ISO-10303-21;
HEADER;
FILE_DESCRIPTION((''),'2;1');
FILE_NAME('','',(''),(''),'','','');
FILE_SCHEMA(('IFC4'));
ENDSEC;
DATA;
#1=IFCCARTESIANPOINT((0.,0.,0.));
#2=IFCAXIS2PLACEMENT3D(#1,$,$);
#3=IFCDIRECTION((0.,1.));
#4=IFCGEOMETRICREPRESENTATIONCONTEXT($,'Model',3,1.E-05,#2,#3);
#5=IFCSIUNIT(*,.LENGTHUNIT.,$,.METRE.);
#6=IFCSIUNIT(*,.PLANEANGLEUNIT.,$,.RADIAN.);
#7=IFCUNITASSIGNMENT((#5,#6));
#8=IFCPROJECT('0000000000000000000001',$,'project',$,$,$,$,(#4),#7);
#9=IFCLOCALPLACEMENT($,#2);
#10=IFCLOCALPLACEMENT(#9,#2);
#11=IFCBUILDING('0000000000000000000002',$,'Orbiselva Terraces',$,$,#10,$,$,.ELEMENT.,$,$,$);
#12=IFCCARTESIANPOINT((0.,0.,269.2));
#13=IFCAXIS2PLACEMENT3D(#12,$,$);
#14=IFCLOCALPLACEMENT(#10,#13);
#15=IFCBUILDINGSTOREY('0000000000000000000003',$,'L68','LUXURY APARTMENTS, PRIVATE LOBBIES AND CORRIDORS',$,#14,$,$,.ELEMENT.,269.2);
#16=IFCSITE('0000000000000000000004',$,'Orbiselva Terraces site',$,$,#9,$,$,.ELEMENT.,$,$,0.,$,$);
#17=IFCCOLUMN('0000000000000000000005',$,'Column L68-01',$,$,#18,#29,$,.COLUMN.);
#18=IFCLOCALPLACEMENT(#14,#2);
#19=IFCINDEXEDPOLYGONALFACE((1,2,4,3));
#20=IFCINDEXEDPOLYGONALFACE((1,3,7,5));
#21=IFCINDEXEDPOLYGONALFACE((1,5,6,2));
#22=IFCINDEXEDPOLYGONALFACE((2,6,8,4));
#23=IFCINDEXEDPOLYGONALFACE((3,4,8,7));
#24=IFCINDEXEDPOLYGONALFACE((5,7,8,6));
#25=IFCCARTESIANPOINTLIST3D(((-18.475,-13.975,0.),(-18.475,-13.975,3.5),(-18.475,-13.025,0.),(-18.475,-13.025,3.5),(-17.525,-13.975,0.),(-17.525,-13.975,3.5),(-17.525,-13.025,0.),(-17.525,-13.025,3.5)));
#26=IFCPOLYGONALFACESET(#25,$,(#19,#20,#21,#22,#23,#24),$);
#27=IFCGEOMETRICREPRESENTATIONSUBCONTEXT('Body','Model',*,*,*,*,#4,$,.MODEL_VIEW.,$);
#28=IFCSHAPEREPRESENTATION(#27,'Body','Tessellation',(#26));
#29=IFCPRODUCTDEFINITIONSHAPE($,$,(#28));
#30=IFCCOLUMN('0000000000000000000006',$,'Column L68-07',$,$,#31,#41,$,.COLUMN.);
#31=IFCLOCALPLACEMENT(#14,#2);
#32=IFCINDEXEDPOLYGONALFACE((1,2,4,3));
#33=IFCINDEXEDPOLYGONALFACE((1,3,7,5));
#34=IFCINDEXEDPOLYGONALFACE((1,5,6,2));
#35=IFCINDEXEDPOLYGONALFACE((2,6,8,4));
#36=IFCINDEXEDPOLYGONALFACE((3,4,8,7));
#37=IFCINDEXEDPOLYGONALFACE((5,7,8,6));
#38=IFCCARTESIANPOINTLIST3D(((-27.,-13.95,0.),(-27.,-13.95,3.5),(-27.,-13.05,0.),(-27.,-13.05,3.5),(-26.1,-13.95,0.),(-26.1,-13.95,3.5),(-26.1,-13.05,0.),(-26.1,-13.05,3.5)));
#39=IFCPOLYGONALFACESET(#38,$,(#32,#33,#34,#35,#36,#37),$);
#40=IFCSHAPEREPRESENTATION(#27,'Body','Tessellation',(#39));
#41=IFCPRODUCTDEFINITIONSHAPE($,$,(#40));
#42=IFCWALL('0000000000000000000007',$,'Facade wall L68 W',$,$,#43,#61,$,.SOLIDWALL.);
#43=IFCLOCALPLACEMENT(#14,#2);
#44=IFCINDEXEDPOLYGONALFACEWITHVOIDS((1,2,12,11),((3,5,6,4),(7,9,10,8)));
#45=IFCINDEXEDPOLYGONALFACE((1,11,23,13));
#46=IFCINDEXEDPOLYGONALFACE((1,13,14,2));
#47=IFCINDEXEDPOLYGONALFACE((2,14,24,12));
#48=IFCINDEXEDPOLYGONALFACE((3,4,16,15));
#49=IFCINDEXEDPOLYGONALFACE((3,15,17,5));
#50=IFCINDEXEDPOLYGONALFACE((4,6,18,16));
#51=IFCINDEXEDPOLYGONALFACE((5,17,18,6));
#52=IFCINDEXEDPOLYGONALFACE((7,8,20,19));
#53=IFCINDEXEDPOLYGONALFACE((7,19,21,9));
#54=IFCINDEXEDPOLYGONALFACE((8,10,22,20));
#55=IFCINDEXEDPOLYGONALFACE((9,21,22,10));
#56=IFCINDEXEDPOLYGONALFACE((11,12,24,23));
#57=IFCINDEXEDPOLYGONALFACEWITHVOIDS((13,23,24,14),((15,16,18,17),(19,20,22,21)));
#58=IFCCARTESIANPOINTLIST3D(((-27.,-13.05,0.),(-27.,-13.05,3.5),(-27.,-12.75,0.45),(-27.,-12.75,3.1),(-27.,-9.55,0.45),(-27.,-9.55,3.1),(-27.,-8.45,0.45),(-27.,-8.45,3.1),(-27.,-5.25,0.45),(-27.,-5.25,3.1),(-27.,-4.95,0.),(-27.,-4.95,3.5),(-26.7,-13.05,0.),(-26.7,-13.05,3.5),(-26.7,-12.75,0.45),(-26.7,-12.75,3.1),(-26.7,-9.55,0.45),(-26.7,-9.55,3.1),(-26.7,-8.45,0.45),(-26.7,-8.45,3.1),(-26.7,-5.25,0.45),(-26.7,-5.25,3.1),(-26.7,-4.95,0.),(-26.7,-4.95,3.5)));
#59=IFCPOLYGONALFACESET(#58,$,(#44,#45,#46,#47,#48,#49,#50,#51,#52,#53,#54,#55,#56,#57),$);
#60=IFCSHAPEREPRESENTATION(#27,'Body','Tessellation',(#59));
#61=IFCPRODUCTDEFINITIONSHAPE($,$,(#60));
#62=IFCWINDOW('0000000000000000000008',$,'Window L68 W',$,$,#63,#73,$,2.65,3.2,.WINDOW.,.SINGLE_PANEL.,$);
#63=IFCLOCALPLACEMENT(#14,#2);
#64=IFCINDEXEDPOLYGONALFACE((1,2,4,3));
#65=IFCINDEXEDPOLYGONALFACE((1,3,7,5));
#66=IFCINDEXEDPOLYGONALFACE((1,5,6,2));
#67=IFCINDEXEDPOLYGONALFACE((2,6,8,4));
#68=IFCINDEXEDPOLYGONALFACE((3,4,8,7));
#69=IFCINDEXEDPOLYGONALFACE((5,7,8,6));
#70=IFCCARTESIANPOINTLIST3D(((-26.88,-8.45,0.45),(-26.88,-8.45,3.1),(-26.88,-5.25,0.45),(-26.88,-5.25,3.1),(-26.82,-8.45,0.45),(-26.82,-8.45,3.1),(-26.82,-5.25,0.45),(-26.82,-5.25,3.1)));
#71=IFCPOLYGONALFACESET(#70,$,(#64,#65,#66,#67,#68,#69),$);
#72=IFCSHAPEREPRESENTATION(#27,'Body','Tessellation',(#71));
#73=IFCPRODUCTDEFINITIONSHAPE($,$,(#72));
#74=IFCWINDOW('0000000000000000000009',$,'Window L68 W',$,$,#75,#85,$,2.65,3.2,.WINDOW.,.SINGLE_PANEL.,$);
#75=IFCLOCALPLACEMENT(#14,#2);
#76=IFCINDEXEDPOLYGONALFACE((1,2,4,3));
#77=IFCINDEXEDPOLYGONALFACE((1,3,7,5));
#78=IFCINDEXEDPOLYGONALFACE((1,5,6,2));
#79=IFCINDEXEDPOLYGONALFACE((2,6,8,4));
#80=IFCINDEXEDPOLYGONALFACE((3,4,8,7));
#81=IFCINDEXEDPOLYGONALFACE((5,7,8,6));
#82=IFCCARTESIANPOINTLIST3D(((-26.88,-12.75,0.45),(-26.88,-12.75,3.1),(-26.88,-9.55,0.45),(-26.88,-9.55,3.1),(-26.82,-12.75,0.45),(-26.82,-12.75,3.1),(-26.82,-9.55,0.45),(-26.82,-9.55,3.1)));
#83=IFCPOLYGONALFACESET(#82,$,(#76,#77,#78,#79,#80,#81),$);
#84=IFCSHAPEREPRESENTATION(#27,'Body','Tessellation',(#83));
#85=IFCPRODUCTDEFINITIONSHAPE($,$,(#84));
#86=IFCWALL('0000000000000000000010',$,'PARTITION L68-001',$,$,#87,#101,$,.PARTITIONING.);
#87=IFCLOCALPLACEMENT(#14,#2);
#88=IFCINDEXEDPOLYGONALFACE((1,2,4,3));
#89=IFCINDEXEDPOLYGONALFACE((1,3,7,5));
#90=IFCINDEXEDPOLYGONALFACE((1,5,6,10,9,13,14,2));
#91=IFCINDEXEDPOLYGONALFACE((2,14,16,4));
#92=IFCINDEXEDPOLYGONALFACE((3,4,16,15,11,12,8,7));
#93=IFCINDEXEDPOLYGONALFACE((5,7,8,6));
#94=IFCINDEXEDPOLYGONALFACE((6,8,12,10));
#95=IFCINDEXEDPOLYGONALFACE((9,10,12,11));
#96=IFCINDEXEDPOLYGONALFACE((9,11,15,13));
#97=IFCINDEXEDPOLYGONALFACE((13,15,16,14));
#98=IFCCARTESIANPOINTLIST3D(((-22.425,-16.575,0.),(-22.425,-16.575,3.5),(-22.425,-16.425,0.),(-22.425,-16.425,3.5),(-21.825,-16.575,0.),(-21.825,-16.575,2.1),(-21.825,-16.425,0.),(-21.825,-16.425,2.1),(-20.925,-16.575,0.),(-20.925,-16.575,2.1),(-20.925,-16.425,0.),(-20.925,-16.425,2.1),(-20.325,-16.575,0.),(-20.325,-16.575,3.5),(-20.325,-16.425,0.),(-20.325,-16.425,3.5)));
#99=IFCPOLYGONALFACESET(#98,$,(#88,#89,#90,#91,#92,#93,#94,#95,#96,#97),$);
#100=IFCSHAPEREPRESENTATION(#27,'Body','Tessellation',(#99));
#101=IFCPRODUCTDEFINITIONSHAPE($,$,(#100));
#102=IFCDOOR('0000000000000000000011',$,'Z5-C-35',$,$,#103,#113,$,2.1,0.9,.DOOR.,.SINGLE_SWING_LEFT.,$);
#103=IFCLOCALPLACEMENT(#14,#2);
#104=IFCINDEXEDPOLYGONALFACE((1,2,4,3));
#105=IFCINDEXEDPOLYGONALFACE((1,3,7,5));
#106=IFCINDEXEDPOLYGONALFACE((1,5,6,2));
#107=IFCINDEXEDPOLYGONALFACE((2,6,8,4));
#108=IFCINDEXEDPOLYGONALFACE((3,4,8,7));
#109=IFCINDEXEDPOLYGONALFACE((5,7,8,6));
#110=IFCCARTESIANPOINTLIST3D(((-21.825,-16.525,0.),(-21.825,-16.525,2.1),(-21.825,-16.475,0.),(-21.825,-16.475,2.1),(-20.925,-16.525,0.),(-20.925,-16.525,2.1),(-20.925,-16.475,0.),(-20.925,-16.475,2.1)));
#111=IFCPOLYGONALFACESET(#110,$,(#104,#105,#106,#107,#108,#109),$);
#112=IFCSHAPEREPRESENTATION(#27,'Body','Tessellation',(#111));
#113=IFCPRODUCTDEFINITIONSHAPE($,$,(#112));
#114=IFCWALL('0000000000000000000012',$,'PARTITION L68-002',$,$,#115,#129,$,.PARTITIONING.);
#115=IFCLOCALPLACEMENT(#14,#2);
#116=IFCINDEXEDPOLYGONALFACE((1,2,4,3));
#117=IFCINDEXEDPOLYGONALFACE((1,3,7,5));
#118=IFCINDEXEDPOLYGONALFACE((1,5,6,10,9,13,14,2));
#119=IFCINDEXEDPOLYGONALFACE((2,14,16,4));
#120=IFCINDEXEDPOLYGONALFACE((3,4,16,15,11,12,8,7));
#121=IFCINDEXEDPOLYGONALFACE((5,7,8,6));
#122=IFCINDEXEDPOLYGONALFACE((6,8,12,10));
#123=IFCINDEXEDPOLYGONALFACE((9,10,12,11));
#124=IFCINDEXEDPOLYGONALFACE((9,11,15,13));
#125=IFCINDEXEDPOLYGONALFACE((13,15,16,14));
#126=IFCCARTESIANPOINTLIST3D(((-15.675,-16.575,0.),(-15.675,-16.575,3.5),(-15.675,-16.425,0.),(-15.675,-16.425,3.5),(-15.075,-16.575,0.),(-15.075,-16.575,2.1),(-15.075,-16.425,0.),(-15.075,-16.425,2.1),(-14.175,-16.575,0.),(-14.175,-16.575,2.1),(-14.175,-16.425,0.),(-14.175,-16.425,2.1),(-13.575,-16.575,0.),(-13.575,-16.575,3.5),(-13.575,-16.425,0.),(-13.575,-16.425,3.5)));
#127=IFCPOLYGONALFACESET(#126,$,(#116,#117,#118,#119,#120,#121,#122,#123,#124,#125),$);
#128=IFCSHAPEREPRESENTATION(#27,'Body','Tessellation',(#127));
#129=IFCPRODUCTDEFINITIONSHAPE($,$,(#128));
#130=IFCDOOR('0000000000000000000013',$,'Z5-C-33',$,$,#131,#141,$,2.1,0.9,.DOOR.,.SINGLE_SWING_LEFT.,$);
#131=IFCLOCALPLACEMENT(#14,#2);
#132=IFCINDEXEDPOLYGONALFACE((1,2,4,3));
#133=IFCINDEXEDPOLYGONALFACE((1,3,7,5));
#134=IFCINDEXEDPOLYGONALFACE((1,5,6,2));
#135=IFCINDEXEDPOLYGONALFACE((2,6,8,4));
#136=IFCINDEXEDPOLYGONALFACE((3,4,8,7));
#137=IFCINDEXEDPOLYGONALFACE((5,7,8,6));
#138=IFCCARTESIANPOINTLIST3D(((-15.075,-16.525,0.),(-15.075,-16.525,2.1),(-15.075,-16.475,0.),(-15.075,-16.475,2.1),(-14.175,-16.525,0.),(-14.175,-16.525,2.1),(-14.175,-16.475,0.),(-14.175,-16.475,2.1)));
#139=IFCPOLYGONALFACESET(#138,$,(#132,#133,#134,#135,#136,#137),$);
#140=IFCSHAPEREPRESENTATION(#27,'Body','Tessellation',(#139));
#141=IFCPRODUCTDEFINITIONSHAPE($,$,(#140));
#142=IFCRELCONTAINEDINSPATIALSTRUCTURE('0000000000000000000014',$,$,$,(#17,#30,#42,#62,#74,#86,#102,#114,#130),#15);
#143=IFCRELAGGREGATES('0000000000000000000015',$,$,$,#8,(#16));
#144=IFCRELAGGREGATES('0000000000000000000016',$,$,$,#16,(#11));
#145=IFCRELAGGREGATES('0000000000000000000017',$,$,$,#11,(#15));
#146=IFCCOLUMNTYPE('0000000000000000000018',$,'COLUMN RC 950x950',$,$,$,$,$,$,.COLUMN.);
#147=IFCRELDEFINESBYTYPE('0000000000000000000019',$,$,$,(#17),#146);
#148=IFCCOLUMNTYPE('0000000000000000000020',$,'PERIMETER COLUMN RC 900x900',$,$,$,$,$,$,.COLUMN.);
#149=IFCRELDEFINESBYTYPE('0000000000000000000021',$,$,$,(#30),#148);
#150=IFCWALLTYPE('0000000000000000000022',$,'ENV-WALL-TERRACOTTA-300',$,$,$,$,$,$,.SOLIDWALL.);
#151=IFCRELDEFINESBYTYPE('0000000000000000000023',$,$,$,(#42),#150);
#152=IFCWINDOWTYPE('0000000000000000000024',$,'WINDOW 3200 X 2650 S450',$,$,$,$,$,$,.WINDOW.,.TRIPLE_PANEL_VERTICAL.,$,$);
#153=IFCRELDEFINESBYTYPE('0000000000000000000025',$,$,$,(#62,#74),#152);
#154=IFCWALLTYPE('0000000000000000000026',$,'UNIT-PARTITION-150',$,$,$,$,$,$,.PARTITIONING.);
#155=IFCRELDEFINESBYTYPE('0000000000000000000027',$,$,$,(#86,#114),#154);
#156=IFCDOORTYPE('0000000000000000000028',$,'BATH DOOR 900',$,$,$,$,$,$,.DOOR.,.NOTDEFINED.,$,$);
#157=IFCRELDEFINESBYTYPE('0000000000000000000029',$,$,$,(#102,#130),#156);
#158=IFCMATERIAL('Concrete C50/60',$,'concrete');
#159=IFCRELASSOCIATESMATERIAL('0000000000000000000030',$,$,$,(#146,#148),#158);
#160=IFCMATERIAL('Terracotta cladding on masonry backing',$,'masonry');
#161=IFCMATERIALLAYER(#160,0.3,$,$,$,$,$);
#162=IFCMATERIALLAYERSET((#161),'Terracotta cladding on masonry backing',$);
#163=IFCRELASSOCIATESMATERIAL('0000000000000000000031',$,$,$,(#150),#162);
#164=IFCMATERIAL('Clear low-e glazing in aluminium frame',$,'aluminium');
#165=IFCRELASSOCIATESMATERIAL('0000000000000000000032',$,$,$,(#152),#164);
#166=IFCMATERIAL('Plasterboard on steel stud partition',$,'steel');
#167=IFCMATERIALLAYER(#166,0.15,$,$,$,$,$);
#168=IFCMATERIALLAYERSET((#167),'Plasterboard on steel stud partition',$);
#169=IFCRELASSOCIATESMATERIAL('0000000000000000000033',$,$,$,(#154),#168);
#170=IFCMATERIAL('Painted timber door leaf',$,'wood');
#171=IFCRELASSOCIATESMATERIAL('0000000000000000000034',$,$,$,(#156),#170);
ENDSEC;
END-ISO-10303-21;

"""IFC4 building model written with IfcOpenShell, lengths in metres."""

from ifc_helpers import new_model, si_unit, direction, frame, frame_2d, origin, origin_2d, place, context, subcontext, project, spatial, rectangle, extrude, material, layer, layer_set, material_profile, profile_set, type_object, element, fill, save


model = new_model("IFC4")

# Units and contexts
model_context = context("Model", 3, precision=1e-05, world=origin(), true_north=direction((0.0, 1.0)))
body_context = subcontext(model_context, "Body", "Model", "MODEL_VIEW")
ifc_project = project(units=[si_unit("LENGTHUNIT", "METRE"), si_unit("PLANEANGLEUNIT", "RADIAN")], contexts=[model_context])

# Site, building, storey
site_placement = place(None, origin())
site = spatial("IfcSite", under=ifc_project, at=site_placement, Name="Orbiselva Terraces site", CompositionType="ELEMENT", RefElevation=0.0)
building_placement = place(site_placement, origin())
building = spatial("IfcBuilding", under=site, at=building_placement, Name="Orbiselva Terraces", CompositionType="ELEMENT")
storey_placement = place(building_placement, frame((0.0, 0.0, 269.2)))
storey = spatial("IfcBuildingStorey", under=building, at=storey_placement, Name="L68", Description="LUXURY APARTMENTS, PRIVATE LOBBIES AND CORRIDORS", CompositionType="ELEMENT", Elevation=269.2)

# Columns
ifc_material_1 = material(Name="Concrete C50/60", Category="concrete")
ifc_material_profile_1 = material_profile(ifc_material_1, rectangle(XDim=0.95, YDim=0.95, at=origin_2d()), Name="RC 950x950")
ifc_profile_set_1 = profile_set([ifc_material_profile_1], Name="Concrete C50/60")
column_type_1 = type_object("IfcColumnType", Name="COLUMN RC 950x950", PredefinedType="COLUMN", material=ifc_profile_set_1)
column_1_placement = place(storey_placement, frame((-18.0, -13.5, 0.0), z_axis=(0.0, 0.0, 1.0), x_axis=(1.0, 0.0, 0.0)))
element("IfcColumn", 1, at=column_1_placement, inside=storey, type_object=column_type_1, Name="Column L68-01", PredefinedType="COLUMN", context=body_context, shape_type="SweptSolid", body=[
    extrude(rectangle(XDim=0.95, YDim=0.95, at=origin_2d()), origin(), (0.0, 0.0, 1.0), 3.5),
])
ifc_material_profile_2 = material_profile(ifc_material_1, rectangle(XDim=0.9, YDim=0.9, at=origin_2d()), Name="RC 900x900")
ifc_profile_set_2 = profile_set([ifc_material_profile_2], Name="Concrete C50/60")
column_type_2 = type_object("IfcColumnType", Name="PERIMETER COLUMN RC 900x900", PredefinedType="COLUMN", material=ifc_profile_set_2)
column_2_placement = place(storey_placement, frame((-26.55, -13.5, 0.0), z_axis=(0.0, 0.0, 1.0), x_axis=(1.0, 0.0, 0.0)))
element("IfcColumn", 2, at=column_2_placement, inside=storey, type_object=column_type_2, Name="Column L68-07", PredefinedType="COLUMN", context=body_context, shape_type="SweptSolid", body=[
    extrude(rectangle(XDim=0.9, YDim=0.9, at=origin_2d()), origin(), (0.0, 0.0, 1.0), 3.5),
])

# Wall, openings, windows
ifc_material_2 = material(Name="Terracotta cladding on masonry backing", Category="masonry")
ifc_layer_1 = layer(ifc_material_2, 0.3)
ifc_layer_set_1 = layer_set([ifc_layer_1], Name="Terracotta cladding on masonry backing")
wall_type_1 = type_object("IfcWallType", Name="ENV-WALL-TERRACOTTA-300", PredefinedType="SOLIDWALL", material=ifc_layer_set_1)
wall_1_placement = place(storey_placement, frame((-26.85, -13.05, 0.0), z_axis=(0.0, 0.0, 1.0), x_axis=(0.0, 1.0, 0.0)))
wall_1 = element("IfcWall", 3, at=wall_1_placement, inside=storey, type_object=wall_type_1, Name="Facade wall L68 W", PredefinedType="SOLIDWALL", context=body_context, shape_type="SweptSolid", body=[
    extrude(rectangle(XDim=8.1, YDim=0.3, at=frame_2d((4.05, 0.0))), origin(), (0.0, 0.0, 1.0), 3.5),
])
opening_1_placement = place(wall_1_placement, frame((4.6, 0.0, 0.45)))
opening_1 = element("IfcOpeningElement", 4, at=opening_1_placement, cuts=wall_1, PredefinedType="OPENING", context=body_context, shape_type="SweptSolid", body=[
    extrude(rectangle(XDim=3.2, YDim=2.65, at=frame_2d((1.6, 1.325))), frame((0.0, 0.16, 0.0), z_axis=(0.0, -1.0, 0.0), x_axis=(1.0, 0.0, 0.0)), (0.0, 0.0, 1.0), 0.32),
])
opening_2_placement = place(wall_1_placement, frame((0.3, 0.0, 0.45)))
opening_2 = element("IfcOpeningElement", 5, at=opening_2_placement, cuts=wall_1, PredefinedType="OPENING", context=body_context, shape_type="SweptSolid", body=[
    extrude(rectangle(XDim=3.2, YDim=2.65, at=frame_2d((1.6, 1.325))), frame((0.0, 0.16, 0.0), z_axis=(0.0, -1.0, 0.0), x_axis=(1.0, 0.0, 0.0)), (0.0, 0.0, 1.0), 0.32),
])
ifc_material_3 = material(Name="Clear low-e glazing in aluminium frame", Category="aluminium")
window_type = type_object("IfcWindowType", Name="WINDOW 3200 X 2650 S450", PartitioningType="TRIPLE_PANEL_VERTICAL", PredefinedType="WINDOW", material=ifc_material_3)
window_1_placement = place(opening_1_placement, origin())
window_1 = element("IfcWindow", 6, at=window_1_placement, inside=storey, type_object=window_type, Name="Window L68 W", OverallHeight=2.65, OverallWidth=3.2, PartitioningType="SINGLE_PANEL", PredefinedType="WINDOW", context=body_context, shape_type="SweptSolid", body=[
    extrude(rectangle(XDim=3.2, YDim=2.65, at=frame_2d((1.6, 1.325))), frame((0.0, 0.03, 0.0), z_axis=(0.0, -1.0, 0.0), x_axis=(1.0, 0.0, 0.0)), (0.0, 0.0, 1.0), 0.06),
])
fill(opening_1, window_1)
window_2_placement = place(opening_2_placement, origin())
window_2 = element("IfcWindow", 7, at=window_2_placement, inside=storey, type_object=window_type, Name="Window L68 W", OverallHeight=2.65, OverallWidth=3.2, PartitioningType="SINGLE_PANEL", PredefinedType="WINDOW", context=body_context, shape_type="SweptSolid", body=[
    extrude(rectangle(XDim=3.2, YDim=2.65, at=frame_2d((1.6, 1.325))), frame((0.0, 0.03, 0.0), z_axis=(0.0, -1.0, 0.0), x_axis=(1.0, 0.0, 0.0)), (0.0, 0.0, 1.0), 0.06),
])
fill(opening_2, window_2)

# Walls, openings, doors
ifc_material_4 = material(Name="Plasterboard on steel stud partition", Category="steel")
ifc_layer_2 = layer(ifc_material_4, 0.15)
ifc_layer_set_2 = layer_set([ifc_layer_2], Name="Plasterboard on steel stud partition")
wall_type_2 = type_object("IfcWallType", Name="UNIT-PARTITION-150", PredefinedType="PARTITIONING", material=ifc_layer_set_2)
wall_2_placement = place(storey_placement, frame((-22.425, -16.5, 0.0), z_axis=(0.0, 0.0, 1.0), x_axis=(1.0, 0.0, 0.0)))
wall_2 = element("IfcWall", 8, at=wall_2_placement, inside=storey, type_object=wall_type_2, Name="PARTITION L68-001", PredefinedType="PARTITIONING", context=body_context, shape_type="SweptSolid", body=[
    extrude(rectangle(XDim=2.1, YDim=0.15, at=frame_2d((1.05, 0.0))), origin(), (0.0, 0.0, 1.0), 3.5),
])
opening_3_placement = place(wall_2_placement, frame((0.6, 0.0, 0.0)))
opening_3 = element("IfcOpeningElement", 9, at=opening_3_placement, cuts=wall_2, PredefinedType="OPENING", context=body_context, shape_type="SweptSolid", body=[
    extrude(rectangle(XDim=0.9, YDim=2.1, at=frame_2d((0.45, 1.05))), frame((0.0, 0.085, 0.0), z_axis=(0.0, -1.0, 0.0), x_axis=(1.0, 0.0, 0.0)), (0.0, 0.0, 1.0), 0.17),
])
ifc_material_5 = material(Name="Painted timber door leaf", Category="wood")
door_type_1 = type_object("IfcDoorType", Name="BATH DOOR 900", OperationType="NOTDEFINED", PredefinedType="DOOR", material=ifc_material_5)
door_1_placement = place(opening_3_placement, origin())
door_1 = element("IfcDoor", 10, at=door_1_placement, inside=storey, type_object=door_type_1, Name="Z5-C-35", OperationType="SINGLE_SWING_LEFT", OverallHeight=2.1, OverallWidth=0.9, PredefinedType="DOOR", context=body_context, shape_type="SweptSolid", body=[
    extrude(rectangle(XDim=0.9, YDim=2.1, at=frame_2d((0.45, 1.05))), frame((0.0, 0.025, 0.0), z_axis=(0.0, -1.0, 0.0), x_axis=(1.0, 0.0, 0.0)), (0.0, 0.0, 1.0), 0.05),
])
fill(opening_3, door_1)
wall_3_placement = place(storey_placement, frame((-15.675, -16.5, 0.0), z_axis=(0.0, 0.0, 1.0), x_axis=(1.0, 0.0, 0.0)))
wall_3 = element("IfcWall", 11, at=wall_3_placement, inside=storey, type_object=wall_type_2, Name="PARTITION L68-002", PredefinedType="PARTITIONING", context=body_context, shape_type="SweptSolid", body=[
    extrude(rectangle(XDim=2.1, YDim=0.15, at=frame_2d((1.05, 0.0))), origin(), (0.0, 0.0, 1.0), 3.5),
])
opening_4_placement = place(wall_3_placement, frame((0.6, 0.0, 0.0)))
opening_4 = element("IfcOpeningElement", 12, at=opening_4_placement, cuts=wall_3, PredefinedType="OPENING", context=body_context, shape_type="SweptSolid", body=[
    extrude(rectangle(XDim=0.9, YDim=2.1, at=frame_2d((0.45, 1.05))), frame((0.0, 0.085, 0.0), z_axis=(0.0, -1.0, 0.0), x_axis=(1.0, 0.0, 0.0)), (0.0, 0.0, 1.0), 0.17),
])
door_2_placement = place(opening_4_placement, origin())
door_2 = element("IfcDoor", 13, at=door_2_placement, inside=storey, type_object=door_type_1, Name="Z5-C-33", OperationType="SINGLE_SWING_LEFT", OverallHeight=2.1, OverallWidth=0.9, PredefinedType="DOOR", context=body_context, shape_type="SweptSolid", body=[
    extrude(rectangle(XDim=0.9, YDim=2.1, at=frame_2d((0.45, 1.05))), frame((0.0, 0.025, 0.0), z_axis=(0.0, -1.0, 0.0), x_axis=(1.0, 0.0, 0.0)), (0.0, 0.0, 1.0), 0.05),
])
fill(opening_4, door_2)

save(model, "model.ifc")
